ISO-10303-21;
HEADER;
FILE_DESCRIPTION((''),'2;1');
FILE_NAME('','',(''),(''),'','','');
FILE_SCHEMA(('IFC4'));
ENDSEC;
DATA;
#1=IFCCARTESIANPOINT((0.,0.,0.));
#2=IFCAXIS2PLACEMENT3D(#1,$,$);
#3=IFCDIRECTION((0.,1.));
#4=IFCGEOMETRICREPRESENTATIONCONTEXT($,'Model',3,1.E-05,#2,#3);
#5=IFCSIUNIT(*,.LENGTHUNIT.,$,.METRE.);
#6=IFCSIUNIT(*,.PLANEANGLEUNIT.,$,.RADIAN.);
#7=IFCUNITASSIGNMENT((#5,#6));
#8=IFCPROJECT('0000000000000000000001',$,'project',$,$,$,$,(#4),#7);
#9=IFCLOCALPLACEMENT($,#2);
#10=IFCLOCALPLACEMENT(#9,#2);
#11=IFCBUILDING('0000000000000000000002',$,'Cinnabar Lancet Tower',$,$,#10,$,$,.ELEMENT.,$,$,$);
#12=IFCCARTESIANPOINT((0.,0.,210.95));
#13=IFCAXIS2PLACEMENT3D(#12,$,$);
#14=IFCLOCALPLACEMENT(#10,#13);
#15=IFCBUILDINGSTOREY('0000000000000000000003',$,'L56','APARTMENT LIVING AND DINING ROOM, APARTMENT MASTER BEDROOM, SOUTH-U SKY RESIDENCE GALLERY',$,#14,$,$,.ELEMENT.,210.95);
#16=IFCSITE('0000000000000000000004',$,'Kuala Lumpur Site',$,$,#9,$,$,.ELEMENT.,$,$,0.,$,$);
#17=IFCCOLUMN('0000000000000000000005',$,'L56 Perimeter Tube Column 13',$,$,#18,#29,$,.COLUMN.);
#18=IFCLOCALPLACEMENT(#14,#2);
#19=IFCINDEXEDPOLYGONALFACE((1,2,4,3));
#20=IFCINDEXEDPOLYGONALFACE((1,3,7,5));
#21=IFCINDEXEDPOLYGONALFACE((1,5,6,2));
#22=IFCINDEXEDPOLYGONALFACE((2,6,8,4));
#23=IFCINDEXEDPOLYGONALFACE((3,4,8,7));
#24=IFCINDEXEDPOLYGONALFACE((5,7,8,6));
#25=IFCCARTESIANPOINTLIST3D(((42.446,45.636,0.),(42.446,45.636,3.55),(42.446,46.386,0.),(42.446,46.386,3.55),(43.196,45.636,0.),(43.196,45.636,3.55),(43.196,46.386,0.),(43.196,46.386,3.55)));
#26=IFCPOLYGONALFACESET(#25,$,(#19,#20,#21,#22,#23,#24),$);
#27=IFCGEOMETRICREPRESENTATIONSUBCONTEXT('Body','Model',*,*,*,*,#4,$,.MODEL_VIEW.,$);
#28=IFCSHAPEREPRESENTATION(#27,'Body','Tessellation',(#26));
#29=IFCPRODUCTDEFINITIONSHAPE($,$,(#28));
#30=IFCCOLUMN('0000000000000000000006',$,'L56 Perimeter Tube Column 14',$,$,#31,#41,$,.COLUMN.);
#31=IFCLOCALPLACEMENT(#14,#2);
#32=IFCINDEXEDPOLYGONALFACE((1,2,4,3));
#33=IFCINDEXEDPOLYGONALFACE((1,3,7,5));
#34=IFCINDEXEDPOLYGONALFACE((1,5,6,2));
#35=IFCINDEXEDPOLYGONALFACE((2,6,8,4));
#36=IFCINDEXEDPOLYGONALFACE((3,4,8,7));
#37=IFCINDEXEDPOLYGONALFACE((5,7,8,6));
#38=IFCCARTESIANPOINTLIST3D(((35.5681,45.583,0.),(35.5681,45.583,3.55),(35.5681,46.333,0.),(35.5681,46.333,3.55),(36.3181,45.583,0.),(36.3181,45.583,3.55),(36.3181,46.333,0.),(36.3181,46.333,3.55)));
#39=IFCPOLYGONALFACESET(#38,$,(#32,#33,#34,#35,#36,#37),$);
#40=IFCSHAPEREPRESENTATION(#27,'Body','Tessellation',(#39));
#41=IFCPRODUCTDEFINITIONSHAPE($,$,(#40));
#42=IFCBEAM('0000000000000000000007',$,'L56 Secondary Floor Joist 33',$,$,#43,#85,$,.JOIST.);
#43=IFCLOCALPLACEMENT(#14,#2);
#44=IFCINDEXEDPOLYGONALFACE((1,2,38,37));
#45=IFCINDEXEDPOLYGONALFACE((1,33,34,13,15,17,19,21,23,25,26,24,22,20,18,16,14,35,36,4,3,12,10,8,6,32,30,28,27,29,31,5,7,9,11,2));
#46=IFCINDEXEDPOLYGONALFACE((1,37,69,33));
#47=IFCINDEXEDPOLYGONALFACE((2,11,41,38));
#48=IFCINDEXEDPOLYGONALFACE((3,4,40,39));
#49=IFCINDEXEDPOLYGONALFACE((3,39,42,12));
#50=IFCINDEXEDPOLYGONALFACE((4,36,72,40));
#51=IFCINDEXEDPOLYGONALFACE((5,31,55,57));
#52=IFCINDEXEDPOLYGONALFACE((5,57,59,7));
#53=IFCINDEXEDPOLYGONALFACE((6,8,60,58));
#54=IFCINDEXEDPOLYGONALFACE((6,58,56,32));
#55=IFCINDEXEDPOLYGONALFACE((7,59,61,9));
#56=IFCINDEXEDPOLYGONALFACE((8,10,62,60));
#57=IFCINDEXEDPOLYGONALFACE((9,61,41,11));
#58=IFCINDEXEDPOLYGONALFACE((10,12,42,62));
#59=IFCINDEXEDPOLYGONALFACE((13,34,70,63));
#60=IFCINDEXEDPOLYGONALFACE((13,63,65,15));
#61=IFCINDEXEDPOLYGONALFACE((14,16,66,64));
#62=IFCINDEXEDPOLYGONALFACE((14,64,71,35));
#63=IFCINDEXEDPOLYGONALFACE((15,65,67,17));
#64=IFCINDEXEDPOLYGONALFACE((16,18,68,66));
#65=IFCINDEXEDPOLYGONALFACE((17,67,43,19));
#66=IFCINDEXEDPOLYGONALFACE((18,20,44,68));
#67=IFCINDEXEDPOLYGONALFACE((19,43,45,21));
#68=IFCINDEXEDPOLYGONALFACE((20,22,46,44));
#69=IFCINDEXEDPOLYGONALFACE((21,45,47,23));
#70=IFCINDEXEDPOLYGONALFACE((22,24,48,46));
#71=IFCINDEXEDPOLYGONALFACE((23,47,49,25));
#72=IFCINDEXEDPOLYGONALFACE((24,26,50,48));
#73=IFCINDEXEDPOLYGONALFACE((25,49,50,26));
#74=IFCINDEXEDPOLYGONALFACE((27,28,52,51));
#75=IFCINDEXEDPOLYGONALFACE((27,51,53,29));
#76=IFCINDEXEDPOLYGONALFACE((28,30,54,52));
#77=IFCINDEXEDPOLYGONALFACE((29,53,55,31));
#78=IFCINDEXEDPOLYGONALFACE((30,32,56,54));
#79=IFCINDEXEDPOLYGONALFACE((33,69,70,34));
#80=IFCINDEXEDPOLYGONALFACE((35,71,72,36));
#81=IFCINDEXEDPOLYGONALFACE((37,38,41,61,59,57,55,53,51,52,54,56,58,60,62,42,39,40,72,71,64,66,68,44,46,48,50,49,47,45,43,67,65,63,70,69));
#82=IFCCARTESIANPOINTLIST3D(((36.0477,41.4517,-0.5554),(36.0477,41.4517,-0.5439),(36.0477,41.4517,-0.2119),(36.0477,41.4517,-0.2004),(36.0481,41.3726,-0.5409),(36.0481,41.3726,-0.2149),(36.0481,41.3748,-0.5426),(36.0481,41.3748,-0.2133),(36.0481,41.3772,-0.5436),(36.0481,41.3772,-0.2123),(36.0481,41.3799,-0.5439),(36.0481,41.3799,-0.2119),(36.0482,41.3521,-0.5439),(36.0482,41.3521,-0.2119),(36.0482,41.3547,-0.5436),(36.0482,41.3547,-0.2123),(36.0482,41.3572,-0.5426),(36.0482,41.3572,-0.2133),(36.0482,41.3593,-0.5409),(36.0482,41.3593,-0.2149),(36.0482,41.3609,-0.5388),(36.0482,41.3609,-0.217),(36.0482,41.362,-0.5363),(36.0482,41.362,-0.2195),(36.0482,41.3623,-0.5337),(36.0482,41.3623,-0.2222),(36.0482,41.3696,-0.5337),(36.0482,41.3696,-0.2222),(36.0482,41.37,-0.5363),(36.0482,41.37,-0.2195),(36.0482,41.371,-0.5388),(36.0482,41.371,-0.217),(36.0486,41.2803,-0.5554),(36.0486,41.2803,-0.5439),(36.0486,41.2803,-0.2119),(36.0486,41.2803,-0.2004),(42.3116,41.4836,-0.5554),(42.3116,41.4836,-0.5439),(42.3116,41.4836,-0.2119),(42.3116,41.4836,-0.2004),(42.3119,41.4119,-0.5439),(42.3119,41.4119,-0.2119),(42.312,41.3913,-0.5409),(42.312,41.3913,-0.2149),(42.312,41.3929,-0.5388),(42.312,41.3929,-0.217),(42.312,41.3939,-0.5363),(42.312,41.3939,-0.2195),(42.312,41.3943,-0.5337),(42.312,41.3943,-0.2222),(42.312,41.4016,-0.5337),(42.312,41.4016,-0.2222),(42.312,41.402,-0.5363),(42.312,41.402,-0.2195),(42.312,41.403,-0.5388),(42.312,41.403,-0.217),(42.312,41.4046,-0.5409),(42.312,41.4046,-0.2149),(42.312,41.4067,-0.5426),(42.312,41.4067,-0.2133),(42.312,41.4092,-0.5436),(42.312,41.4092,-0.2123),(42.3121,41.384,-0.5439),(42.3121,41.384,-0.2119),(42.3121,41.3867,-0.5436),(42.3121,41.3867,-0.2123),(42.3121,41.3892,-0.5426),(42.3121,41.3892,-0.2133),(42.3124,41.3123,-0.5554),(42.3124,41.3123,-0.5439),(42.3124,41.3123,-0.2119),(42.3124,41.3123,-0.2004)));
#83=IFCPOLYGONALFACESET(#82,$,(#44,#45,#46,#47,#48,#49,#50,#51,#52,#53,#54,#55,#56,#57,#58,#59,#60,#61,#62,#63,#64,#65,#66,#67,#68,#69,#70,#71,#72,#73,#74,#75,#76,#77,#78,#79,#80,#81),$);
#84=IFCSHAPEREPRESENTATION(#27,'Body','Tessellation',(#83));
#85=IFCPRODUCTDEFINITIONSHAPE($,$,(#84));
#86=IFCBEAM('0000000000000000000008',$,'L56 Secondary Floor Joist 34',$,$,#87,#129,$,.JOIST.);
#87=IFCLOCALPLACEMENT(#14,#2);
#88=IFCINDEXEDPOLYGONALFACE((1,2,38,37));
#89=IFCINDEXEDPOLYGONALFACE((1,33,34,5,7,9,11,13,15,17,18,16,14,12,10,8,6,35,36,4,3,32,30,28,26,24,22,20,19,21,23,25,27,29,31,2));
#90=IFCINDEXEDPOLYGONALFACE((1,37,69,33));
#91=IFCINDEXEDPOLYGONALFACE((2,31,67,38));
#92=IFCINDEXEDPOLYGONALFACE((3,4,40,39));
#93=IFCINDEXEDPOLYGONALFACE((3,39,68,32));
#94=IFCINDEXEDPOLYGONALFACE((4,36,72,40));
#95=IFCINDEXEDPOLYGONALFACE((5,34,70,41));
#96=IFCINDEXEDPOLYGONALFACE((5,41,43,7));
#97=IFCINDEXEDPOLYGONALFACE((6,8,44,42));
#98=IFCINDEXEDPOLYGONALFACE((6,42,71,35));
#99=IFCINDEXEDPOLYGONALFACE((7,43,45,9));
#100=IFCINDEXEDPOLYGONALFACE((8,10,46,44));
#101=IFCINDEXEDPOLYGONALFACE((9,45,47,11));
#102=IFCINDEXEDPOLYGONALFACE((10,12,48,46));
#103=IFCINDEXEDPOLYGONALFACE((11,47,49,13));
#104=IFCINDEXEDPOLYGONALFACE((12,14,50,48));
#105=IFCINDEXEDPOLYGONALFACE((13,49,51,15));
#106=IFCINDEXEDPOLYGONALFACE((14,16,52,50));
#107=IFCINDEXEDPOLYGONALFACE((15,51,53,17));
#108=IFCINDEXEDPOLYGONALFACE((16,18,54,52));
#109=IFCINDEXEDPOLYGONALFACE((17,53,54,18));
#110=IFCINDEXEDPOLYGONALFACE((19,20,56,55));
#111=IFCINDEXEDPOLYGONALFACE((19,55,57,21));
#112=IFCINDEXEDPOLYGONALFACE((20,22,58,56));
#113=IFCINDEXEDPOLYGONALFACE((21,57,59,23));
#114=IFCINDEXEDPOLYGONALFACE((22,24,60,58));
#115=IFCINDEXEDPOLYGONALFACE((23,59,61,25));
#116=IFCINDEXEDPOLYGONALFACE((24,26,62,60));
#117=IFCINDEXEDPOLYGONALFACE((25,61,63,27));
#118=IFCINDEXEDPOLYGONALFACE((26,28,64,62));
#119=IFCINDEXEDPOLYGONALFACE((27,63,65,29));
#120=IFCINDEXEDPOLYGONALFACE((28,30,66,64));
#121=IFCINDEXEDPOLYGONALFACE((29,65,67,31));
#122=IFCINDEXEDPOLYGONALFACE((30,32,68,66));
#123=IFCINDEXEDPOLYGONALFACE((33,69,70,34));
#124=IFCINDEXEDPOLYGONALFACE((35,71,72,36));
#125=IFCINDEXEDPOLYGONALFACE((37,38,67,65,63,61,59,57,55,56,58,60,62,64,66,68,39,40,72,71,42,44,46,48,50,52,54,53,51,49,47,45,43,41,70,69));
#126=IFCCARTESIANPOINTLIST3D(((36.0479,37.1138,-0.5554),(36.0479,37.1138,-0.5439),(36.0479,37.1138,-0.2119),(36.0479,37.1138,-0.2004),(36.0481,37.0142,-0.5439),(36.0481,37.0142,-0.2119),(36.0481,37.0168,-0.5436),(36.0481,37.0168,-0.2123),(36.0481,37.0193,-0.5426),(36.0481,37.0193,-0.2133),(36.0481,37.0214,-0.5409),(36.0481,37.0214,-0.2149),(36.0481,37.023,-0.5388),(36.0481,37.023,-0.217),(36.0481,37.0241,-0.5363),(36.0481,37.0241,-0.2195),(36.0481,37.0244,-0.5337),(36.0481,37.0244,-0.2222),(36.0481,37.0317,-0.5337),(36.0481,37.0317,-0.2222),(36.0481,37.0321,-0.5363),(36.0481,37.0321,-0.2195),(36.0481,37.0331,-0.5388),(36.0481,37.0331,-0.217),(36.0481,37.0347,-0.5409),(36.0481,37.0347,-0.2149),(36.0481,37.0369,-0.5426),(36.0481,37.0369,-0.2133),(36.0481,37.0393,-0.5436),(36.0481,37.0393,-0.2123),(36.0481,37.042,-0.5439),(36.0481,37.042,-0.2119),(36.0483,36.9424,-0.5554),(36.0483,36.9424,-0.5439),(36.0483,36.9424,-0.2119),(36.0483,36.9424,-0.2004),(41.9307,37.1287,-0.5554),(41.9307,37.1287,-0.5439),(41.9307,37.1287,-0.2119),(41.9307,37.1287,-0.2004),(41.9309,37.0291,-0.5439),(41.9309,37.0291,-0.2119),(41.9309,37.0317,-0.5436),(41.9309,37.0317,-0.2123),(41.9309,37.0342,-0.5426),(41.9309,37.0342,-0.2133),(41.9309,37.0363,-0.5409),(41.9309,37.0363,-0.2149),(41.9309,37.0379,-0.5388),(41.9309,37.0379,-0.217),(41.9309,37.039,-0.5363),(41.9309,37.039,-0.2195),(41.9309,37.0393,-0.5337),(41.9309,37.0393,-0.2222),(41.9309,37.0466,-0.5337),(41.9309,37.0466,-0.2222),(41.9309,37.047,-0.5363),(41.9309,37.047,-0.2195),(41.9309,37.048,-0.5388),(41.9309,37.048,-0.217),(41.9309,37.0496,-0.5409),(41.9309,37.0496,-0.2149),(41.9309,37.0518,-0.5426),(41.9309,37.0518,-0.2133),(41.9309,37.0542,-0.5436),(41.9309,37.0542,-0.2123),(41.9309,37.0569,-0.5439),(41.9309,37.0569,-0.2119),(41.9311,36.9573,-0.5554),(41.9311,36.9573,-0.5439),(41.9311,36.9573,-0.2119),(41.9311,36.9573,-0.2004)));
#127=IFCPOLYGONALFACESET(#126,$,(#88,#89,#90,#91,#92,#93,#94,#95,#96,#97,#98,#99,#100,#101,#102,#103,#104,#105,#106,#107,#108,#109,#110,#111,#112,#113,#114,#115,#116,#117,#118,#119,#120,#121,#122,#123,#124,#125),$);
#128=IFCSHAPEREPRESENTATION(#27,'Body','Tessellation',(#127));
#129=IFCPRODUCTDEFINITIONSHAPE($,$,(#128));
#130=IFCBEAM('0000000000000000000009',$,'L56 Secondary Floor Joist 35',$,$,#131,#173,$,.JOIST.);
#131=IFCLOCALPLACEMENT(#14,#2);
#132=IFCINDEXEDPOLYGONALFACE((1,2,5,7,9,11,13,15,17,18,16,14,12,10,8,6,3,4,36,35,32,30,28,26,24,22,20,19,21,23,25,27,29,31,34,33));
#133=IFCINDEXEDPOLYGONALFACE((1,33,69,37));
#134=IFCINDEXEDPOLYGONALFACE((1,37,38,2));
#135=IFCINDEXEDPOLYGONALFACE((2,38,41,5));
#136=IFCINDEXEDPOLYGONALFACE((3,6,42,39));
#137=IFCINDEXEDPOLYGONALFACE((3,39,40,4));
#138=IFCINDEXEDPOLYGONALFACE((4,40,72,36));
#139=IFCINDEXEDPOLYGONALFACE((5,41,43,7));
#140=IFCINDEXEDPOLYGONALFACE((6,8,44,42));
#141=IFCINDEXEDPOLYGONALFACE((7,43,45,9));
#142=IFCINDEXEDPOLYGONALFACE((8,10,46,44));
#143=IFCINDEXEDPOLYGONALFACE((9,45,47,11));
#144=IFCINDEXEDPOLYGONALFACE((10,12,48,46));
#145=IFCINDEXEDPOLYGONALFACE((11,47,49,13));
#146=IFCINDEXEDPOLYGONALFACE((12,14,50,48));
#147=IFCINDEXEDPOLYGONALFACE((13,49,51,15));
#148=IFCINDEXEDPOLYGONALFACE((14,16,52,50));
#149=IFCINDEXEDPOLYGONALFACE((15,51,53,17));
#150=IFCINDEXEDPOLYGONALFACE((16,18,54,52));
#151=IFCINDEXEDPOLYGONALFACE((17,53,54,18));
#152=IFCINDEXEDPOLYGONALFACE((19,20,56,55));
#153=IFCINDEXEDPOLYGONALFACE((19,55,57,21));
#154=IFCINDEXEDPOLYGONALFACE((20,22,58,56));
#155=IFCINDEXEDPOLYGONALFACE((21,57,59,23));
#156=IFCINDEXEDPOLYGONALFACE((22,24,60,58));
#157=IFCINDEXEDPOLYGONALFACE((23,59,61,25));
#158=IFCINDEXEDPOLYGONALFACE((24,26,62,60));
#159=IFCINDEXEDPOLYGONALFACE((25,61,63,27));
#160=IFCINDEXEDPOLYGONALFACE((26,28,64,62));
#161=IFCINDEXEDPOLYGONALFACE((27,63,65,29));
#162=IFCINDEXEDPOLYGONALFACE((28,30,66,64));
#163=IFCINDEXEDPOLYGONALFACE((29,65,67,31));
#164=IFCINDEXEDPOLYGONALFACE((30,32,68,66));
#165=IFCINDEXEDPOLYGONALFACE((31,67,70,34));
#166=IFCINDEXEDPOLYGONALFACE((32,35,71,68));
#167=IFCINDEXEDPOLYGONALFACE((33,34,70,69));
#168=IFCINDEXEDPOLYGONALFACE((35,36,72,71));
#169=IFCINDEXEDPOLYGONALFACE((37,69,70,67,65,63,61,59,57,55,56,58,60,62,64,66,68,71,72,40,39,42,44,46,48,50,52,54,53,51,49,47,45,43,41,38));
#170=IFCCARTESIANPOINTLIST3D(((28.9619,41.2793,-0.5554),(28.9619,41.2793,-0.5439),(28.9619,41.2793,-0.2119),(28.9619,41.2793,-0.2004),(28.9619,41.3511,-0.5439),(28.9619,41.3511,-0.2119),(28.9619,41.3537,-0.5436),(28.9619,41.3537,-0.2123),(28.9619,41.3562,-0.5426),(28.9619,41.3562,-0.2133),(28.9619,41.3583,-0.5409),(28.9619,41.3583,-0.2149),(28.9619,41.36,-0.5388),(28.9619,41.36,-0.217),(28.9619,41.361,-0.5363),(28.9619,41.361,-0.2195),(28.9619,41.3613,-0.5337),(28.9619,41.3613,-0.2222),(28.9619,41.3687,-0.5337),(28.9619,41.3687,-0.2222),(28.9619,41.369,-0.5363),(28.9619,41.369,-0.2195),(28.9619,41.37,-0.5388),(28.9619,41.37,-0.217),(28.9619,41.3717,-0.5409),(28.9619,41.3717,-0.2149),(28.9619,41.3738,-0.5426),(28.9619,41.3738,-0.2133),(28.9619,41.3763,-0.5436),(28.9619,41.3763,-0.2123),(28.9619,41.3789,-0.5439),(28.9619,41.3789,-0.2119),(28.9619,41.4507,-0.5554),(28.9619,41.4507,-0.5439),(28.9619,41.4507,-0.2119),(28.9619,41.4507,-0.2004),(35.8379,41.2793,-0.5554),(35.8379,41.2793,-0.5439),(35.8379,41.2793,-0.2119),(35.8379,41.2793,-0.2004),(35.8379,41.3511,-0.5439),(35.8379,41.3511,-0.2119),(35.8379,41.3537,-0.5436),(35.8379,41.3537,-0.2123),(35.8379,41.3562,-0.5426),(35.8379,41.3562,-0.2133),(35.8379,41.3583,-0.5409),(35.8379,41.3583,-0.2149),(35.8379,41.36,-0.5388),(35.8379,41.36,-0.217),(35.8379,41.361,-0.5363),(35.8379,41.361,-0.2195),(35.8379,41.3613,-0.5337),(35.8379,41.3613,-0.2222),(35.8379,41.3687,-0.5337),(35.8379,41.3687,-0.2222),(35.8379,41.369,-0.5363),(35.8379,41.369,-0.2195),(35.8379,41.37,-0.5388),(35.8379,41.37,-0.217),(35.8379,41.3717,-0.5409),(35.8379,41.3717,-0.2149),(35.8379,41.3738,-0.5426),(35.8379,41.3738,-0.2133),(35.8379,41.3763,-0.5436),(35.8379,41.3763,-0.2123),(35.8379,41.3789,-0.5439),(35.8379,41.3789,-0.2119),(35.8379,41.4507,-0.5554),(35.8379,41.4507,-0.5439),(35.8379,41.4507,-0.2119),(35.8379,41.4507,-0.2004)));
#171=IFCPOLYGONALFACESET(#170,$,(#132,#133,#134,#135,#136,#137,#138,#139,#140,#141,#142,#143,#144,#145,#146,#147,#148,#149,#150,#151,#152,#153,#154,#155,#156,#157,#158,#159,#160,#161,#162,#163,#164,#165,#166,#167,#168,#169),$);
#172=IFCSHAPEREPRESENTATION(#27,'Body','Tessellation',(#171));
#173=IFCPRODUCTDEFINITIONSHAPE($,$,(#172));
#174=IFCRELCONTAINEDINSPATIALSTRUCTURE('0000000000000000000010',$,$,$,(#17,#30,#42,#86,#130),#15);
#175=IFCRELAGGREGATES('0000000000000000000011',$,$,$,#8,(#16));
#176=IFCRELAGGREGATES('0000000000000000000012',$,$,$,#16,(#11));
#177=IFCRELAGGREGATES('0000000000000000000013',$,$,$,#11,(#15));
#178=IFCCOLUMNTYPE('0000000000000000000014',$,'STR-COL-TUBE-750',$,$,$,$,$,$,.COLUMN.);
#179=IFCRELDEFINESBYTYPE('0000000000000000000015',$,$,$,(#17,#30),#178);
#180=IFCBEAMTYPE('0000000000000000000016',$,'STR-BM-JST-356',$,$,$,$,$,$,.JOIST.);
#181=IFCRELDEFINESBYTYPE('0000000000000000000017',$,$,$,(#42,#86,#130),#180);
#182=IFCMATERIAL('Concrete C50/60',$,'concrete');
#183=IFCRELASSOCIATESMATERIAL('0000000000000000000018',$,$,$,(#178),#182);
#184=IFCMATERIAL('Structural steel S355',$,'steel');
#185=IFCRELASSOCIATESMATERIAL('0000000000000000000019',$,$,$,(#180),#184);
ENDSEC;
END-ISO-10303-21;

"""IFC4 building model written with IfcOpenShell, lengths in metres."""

from ifc_helpers import new_model, si_unit, direction, frame, origin, origin_2d, place, context, subcontext, project, spatial, rectangle, i_section, extrude, material, material_profile, profile_set, type_object, element, save


model = new_model("IFC4")

# Units and contexts
model_context = context("Model", 3, precision=1e-05, world=origin(), true_north=direction((0.0, 1.0)))
body_context = subcontext(model_context, "Body", "Model", "MODEL_VIEW")
ifc_project = project(units=[si_unit("LENGTHUNIT", "METRE"), si_unit("PLANEANGLEUNIT", "RADIAN")], contexts=[model_context])

# Site, building, storey
site_placement = place(None, origin())
site = spatial("IfcSite", under=ifc_project, at=site_placement, Name="Kuala Lumpur Site", CompositionType="ELEMENT", RefElevation=0.0)
building_placement = place(site_placement, origin())
building = spatial("IfcBuilding", under=site, at=building_placement, Name="Cinnabar Lancet Tower", CompositionType="ELEMENT")
storey_placement = place(building_placement, frame((0.0, 0.0, 210.95)))
storey = spatial("IfcBuildingStorey", under=building, at=storey_placement, Name="L56", Description="APARTMENT LIVING AND DINING ROOM, APARTMENT MASTER BEDROOM, SOUTH-U SKY RESIDENCE GALLERY", CompositionType="ELEMENT", Elevation=210.95)

# Columns
ifc_material_1 = material(Name="Concrete C50/60", Category="concrete")
ifc_material_profile_1 = material_profile(ifc_material_1, rectangle(XDim=0.75, YDim=0.75, at=origin_2d()), Name="RC-COL 750x750")
ifc_profile_set_1 = profile_set([ifc_material_profile_1], Name="Concrete C50/60")
column_type = type_object("IfcColumnType", Name="STR-COL-TUBE-750", PredefinedType="COLUMN", material=ifc_profile_set_1)
for number, where, z_axis, x_axis, name in (
    (1, (42.821, 46.011, 0.0), (0.0, 0.0, 1.0), (1.0, 0.0, 0.0), "L56 Perimeter Tube Column 13"),
    (2, (35.9431, 45.958, 0.0), (0.0, 0.0, 1.0), (1.0, 0.0, 0.0), "L56 Perimeter Tube Column 14"),
):
    element("IfcColumn", number, at=place(storey_placement, frame(where, z_axis=z_axis, x_axis=x_axis)), inside=storey, type_object=column_type, Name=name, PredefinedType="COLUMN", context=body_context, shape_type="SweptSolid", body=[
        extrude(rectangle(XDim=0.75, YDim=0.75, at=origin_2d()), origin(), (0.0, 0.0, 1.0), 3.55),
    ])

# Beams
ifc_material_2 = material(Name="Structural steel S355", Category="steel")
ifc_material_profile_2 = material_profile(ifc_material_2, i_section(OverallWidth=0.1714, OverallDepth=0.355, WebThickness=0.0073, FlangeThickness=0.0115, FilletRadius=0.0103, at=origin_2d()), Name="UKB 356x171x51")
ifc_profile_set_2 = profile_set([ifc_material_profile_2], Name="Structural steel S355")
beam_type_1 = type_object("IfcBeamType", Name="STR-BM-JST-356", PredefinedType="JOIST", material=ifc_profile_set_2)
beam_1_placement = place(storey_placement, frame((42.312, 41.3979, -0.3779), z_axis=(-0.999987, -0.005106, 0.0), x_axis=(0.005106, -0.999987, 0.0)))
element("IfcBeam", 3, at=beam_1_placement, inside=storey, type_object=beam_type_1, Name="L56 Secondary Floor Joist 33", PredefinedType="JOIST", context=body_context, shape_type="SweptSolid", body=[
    extrude(i_section(OverallWidth=0.1714, OverallDepth=0.355, WebThickness=0.0073, FlangeThickness=0.0115, FilletRadius=0.0103, at=origin_2d()), origin(), (0.0, 0.0, 1.0), 6.2639),
])
beam_2_placement = place(storey_placement, frame((41.9309, 37.043, -0.3779), z_axis=(-0.999997, -0.002532, 0.0), x_axis=(0.002532, -0.999997, 0.0)))
element("IfcBeam", 4, at=beam_2_placement, inside=storey, type_object=beam_type_1, Name="L56 Secondary Floor Joist 34", PredefinedType="JOIST", context=body_context, shape_type="SweptSolid", body=[
    extrude(i_section(OverallWidth=0.1714, OverallDepth=0.355, WebThickness=0.0073, FlangeThickness=0.0115, FilletRadius=0.0103, at=origin_2d()), origin(), (0.0, 0.0, 1.0), 5.8828),
])
for number, where, z_axis, x_axis, name in (
    (5, (35.8379, 41.365, -0.3779), (-1.0, 0.0, 0.0), (0.0, -1.0, 0.0), "L56 Secondary Floor Joist 35"),
):
    element("IfcBeam", number, at=place(storey_placement, frame(where, z_axis=z_axis, x_axis=x_axis)), inside=storey, type_object=beam_type_1, Name=name, PredefinedType="JOIST", context=body_context, shape_type="SweptSolid", body=[
        extrude(i_section(OverallWidth=0.1714, OverallDepth=0.355, WebThickness=0.0073, FlangeThickness=0.0115, FilletRadius=0.0103, at=origin_2d()), origin(), (0.0, 0.0, 1.0), 6.876),
    ])

save(model, "model.ifc")
